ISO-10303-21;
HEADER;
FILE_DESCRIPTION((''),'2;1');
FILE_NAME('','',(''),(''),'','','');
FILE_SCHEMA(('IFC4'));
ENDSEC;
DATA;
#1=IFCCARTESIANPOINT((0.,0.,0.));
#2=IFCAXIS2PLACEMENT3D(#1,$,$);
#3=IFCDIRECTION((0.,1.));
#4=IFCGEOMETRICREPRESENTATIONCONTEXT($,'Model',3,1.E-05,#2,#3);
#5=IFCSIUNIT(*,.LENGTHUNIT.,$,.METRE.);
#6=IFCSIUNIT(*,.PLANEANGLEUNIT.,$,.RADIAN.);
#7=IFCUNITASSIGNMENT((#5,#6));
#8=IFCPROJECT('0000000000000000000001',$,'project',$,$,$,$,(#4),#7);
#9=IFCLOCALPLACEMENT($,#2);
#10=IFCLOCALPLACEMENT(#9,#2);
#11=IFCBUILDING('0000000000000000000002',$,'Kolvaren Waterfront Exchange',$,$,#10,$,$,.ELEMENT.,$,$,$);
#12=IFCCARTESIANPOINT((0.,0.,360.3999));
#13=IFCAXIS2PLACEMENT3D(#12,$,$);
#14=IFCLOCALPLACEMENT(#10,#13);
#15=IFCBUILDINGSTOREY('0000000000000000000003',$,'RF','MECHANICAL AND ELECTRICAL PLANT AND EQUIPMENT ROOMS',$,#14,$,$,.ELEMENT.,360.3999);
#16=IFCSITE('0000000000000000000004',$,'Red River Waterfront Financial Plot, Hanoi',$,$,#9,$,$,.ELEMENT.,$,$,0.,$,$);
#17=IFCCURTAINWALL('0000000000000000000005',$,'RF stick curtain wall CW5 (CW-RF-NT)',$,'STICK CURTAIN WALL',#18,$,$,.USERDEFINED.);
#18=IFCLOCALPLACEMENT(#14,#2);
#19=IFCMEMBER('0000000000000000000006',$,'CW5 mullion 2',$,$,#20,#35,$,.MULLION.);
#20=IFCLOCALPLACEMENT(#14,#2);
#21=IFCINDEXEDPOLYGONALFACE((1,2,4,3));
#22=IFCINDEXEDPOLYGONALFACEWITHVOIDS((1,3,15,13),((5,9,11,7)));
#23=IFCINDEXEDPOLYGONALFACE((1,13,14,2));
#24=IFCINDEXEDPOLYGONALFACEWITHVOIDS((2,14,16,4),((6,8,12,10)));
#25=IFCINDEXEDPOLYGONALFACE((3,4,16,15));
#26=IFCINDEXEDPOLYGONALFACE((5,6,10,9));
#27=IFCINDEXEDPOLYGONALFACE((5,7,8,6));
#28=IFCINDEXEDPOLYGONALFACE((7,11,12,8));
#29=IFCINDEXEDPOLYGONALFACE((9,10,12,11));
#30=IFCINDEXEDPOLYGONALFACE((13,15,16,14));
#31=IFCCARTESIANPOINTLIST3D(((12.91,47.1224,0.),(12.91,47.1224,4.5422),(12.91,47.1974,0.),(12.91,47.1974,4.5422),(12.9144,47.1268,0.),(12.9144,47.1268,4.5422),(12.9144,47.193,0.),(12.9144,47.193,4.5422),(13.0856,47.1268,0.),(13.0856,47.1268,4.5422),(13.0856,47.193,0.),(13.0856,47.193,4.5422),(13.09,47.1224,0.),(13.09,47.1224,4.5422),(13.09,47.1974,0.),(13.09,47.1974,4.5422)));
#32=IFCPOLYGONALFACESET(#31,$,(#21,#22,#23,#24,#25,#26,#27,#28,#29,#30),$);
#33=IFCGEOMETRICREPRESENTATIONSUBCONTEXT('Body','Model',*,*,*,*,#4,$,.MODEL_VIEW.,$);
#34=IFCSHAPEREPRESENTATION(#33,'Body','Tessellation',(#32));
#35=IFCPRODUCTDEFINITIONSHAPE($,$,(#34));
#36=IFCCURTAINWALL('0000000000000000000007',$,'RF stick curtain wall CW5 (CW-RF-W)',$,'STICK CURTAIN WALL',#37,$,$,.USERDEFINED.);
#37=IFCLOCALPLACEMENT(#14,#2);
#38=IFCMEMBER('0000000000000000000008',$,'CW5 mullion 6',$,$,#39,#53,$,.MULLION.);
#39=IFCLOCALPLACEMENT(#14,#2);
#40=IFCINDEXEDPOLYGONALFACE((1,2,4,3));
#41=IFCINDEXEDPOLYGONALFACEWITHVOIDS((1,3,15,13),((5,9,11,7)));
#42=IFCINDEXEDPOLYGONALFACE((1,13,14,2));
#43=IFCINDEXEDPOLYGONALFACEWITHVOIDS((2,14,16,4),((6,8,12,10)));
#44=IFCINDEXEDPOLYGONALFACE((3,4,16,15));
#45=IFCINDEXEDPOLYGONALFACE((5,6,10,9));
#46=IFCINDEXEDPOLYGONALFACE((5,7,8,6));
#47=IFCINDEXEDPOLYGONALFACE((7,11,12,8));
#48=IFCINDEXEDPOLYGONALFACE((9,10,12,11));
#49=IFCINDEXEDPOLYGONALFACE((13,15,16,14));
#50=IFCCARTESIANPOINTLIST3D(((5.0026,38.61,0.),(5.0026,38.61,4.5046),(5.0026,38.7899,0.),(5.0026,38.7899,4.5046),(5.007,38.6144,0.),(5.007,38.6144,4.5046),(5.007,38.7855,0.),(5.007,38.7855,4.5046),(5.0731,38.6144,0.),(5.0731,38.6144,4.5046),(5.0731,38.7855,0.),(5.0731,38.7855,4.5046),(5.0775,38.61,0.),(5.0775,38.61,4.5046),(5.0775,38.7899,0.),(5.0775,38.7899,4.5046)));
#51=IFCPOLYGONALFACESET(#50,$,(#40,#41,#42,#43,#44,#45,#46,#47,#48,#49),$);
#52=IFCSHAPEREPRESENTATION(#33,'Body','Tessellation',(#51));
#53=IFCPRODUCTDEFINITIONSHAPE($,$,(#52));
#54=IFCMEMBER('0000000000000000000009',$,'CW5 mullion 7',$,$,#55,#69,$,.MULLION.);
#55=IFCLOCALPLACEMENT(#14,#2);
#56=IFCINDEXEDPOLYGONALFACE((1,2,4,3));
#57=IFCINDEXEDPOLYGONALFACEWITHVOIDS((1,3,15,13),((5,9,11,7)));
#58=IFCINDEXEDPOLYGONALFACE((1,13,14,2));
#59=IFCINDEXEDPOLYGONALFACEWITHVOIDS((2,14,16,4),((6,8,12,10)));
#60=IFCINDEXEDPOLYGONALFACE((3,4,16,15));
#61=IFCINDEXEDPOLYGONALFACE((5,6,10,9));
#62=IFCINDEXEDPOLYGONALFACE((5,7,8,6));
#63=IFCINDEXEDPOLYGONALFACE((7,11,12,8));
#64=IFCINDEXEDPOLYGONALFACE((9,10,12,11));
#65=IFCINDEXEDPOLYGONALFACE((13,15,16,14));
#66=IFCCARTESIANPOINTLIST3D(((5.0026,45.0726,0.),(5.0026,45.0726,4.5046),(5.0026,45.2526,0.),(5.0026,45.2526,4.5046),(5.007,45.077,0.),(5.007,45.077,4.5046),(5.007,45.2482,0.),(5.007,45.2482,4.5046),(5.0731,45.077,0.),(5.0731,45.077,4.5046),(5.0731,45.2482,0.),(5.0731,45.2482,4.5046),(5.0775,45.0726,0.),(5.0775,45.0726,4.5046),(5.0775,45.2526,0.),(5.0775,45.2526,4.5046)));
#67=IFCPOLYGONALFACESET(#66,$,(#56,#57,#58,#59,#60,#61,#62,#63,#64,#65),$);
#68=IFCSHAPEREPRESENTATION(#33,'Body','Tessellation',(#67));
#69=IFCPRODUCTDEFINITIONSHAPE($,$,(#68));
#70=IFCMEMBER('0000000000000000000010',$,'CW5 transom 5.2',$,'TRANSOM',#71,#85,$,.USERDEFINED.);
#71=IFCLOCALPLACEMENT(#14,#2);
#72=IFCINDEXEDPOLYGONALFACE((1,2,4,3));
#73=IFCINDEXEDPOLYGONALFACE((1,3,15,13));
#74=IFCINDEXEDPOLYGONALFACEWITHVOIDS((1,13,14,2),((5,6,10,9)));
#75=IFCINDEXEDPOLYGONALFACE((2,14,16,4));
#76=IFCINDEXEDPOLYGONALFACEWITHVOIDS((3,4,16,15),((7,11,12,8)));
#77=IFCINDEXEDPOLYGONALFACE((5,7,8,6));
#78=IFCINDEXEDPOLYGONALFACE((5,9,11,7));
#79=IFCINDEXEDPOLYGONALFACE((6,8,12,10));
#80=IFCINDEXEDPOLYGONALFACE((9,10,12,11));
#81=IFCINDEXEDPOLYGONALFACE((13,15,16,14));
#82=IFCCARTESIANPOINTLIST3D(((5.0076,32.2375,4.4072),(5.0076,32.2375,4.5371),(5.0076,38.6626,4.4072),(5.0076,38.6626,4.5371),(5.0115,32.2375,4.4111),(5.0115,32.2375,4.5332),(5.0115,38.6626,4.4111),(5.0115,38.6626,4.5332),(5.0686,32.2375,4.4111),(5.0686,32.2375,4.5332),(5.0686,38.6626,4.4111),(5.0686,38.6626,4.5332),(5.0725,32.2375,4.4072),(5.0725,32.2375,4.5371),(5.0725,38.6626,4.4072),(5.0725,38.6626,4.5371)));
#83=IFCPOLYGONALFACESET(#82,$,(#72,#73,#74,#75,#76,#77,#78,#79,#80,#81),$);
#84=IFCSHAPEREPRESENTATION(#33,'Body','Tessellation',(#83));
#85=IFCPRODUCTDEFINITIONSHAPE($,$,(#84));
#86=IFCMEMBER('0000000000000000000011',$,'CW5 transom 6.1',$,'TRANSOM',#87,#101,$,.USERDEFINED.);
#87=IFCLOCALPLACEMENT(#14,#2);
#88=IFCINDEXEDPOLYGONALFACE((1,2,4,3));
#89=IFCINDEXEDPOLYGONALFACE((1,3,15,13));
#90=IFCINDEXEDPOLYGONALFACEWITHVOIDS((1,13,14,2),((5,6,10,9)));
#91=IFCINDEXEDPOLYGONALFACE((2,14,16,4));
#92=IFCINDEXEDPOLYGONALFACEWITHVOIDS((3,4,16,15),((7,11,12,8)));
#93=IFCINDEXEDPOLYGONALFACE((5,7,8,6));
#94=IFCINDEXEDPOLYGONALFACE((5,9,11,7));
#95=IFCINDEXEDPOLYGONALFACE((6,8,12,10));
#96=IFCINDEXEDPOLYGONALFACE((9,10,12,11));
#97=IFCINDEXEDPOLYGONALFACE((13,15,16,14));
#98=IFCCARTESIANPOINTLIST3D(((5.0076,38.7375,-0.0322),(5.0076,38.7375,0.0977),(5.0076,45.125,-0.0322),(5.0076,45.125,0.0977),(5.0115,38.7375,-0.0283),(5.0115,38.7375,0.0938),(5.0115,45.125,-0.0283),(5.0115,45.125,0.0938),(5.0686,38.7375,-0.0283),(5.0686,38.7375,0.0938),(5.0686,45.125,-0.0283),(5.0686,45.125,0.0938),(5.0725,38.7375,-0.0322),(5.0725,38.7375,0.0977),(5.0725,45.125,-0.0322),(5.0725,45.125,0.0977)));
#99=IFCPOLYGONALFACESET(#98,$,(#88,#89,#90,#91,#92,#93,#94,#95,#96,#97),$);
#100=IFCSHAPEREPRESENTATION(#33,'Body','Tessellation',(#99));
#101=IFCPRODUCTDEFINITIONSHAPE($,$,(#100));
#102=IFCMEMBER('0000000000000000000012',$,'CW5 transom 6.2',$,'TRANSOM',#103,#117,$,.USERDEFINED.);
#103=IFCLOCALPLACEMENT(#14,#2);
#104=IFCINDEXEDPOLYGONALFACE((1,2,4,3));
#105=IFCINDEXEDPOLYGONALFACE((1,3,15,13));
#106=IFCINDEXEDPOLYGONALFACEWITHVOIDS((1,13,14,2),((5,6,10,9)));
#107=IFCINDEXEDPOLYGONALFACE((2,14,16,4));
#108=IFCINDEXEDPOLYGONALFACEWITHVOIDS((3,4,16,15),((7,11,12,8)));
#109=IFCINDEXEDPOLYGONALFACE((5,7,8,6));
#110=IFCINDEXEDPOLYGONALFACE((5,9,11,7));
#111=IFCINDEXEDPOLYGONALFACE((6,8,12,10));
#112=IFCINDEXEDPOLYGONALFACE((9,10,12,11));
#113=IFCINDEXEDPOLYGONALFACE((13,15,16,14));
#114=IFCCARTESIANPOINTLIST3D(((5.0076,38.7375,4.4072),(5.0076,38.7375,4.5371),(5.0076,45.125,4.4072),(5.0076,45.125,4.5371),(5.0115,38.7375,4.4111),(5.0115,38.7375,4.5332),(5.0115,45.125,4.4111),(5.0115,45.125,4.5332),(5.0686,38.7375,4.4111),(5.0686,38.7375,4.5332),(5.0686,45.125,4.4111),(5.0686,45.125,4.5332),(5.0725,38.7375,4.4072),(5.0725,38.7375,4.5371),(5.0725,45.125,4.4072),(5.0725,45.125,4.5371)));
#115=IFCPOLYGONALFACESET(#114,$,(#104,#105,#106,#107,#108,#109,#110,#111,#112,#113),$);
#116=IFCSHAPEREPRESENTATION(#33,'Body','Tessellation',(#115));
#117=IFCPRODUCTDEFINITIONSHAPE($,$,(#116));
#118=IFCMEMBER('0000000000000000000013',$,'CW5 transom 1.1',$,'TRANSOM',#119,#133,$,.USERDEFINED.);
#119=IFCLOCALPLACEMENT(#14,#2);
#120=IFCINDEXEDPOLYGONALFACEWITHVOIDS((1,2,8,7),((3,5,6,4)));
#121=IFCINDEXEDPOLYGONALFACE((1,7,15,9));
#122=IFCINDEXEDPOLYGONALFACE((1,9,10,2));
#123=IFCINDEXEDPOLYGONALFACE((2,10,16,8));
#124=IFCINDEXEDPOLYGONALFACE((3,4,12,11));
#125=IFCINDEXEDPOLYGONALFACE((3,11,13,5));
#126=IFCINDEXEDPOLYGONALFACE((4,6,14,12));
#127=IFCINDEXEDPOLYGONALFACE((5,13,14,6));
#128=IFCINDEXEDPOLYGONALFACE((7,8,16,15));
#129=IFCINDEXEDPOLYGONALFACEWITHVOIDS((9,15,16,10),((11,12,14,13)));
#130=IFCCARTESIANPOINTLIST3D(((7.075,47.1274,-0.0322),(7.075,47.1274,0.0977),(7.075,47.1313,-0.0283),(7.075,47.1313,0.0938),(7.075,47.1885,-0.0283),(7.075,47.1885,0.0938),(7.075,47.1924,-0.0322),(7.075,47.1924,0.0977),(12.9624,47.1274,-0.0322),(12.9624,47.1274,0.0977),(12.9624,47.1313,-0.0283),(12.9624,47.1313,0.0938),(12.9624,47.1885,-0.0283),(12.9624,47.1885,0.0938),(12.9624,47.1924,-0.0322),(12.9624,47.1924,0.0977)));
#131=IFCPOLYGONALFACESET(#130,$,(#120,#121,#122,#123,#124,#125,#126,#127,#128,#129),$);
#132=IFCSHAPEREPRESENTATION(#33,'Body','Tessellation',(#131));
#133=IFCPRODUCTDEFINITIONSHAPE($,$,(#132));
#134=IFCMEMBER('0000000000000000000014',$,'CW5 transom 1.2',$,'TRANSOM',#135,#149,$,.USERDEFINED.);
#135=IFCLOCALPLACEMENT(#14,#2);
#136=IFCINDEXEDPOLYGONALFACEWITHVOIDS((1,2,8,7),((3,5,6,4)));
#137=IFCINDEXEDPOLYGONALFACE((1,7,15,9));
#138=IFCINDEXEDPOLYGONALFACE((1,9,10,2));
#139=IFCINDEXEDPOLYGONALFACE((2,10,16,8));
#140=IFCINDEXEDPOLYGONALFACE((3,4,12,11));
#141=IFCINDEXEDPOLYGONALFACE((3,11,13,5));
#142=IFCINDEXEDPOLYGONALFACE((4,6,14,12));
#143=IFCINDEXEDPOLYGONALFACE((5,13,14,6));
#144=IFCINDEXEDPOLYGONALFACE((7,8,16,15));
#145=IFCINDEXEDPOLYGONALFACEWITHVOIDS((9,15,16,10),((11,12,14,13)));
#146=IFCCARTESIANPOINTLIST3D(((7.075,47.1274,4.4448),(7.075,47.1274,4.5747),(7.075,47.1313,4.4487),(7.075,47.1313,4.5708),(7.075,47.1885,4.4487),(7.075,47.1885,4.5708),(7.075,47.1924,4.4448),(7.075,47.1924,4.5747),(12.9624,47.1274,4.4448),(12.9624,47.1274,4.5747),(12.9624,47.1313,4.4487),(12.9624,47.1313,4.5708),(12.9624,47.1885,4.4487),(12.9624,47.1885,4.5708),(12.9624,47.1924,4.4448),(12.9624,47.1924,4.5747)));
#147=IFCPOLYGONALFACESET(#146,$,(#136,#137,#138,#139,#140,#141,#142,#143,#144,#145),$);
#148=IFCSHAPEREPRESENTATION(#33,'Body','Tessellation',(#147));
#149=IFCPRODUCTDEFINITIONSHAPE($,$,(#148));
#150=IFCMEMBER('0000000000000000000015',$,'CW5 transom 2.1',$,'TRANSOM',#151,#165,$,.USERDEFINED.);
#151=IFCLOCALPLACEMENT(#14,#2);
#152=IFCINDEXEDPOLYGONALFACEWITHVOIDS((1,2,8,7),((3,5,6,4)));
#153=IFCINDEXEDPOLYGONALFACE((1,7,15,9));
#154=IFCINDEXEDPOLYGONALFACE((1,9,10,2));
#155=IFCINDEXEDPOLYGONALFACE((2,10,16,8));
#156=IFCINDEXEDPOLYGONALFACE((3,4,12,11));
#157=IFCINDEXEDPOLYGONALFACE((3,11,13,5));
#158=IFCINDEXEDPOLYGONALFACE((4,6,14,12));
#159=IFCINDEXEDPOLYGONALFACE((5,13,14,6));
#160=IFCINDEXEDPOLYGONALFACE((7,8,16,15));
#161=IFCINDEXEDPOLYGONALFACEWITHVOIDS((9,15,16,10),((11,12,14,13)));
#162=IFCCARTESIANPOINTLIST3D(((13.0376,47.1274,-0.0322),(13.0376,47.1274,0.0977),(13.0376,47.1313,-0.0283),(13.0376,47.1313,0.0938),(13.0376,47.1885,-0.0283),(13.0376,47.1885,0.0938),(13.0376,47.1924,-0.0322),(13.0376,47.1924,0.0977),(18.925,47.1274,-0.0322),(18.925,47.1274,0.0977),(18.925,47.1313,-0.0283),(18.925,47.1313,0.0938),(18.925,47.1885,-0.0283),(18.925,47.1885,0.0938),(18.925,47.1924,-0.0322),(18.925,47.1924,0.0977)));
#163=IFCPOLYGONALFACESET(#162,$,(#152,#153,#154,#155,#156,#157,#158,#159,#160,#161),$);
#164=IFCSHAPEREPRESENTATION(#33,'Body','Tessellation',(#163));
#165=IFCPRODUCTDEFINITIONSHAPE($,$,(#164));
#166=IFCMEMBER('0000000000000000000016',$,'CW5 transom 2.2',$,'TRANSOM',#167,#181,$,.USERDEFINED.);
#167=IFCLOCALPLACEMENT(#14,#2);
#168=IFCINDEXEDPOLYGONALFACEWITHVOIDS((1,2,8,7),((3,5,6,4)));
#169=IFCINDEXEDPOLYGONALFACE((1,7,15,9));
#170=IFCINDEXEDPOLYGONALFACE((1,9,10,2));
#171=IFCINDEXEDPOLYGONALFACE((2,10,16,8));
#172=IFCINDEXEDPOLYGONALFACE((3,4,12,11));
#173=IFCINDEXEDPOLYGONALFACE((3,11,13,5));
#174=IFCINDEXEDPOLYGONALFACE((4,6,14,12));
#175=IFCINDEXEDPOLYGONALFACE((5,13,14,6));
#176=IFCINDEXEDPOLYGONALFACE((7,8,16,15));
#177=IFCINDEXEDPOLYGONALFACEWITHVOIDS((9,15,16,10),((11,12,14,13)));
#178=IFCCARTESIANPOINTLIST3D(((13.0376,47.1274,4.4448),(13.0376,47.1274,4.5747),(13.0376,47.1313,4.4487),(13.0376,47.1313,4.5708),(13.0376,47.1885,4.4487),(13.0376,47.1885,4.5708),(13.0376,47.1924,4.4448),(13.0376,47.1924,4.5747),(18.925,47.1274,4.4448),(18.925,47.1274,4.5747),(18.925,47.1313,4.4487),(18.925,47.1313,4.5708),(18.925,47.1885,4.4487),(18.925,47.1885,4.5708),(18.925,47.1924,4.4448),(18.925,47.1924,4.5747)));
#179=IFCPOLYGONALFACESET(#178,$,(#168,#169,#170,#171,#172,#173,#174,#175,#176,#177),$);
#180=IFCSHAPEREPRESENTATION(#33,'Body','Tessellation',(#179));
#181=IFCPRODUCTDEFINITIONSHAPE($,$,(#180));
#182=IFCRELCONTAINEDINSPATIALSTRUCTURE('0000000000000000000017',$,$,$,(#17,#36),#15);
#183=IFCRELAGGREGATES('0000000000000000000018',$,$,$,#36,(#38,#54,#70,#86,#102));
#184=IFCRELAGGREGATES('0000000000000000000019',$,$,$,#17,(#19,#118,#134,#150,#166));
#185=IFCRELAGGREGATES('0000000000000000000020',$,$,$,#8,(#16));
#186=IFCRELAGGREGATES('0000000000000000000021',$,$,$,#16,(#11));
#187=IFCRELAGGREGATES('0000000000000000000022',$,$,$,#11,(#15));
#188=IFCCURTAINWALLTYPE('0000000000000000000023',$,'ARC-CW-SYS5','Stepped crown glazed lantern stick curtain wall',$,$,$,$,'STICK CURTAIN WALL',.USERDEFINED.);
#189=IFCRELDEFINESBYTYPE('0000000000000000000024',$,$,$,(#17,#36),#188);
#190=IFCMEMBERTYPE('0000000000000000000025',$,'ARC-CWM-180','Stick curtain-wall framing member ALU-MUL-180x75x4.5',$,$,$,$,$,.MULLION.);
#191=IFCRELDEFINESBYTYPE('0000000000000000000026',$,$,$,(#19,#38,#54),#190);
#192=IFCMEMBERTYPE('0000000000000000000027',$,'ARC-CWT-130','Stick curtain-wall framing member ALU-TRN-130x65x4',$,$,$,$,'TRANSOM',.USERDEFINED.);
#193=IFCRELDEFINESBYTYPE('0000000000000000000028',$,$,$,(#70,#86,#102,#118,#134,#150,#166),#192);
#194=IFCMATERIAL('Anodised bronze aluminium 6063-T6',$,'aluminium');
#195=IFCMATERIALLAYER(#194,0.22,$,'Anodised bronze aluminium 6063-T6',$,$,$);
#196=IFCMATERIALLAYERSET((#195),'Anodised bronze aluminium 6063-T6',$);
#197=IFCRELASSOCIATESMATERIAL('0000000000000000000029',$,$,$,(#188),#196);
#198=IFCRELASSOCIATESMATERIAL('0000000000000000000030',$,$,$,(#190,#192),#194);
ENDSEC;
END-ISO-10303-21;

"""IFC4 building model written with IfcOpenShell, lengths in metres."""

from ifc_helpers import new_model, si_unit, direction, frame, origin, origin_with_axes, origin_2d, place, context, subcontext, project, spatial, hollow_rectangle, extrude, source, transform, mapped, material, layer, layer_set, material_profile, profile_set, type_object, element, aggregate, save


model = new_model("IFC4")

# Units and contexts
model_context = context("Model", 3, precision=1e-05, world=origin(), true_north=direction((0.0, 1.0)))
body_context = subcontext(model_context, "Body", "Model", "MODEL_VIEW")
ifc_project = project(units=[si_unit("LENGTHUNIT", "METRE"), si_unit("PLANEANGLEUNIT", "RADIAN")], contexts=[model_context])

# Site, building, storey
site_placement = place(None, origin())
site = spatial("IfcSite", under=ifc_project, at=site_placement, Name="Red River Waterfront Financial Plot, Hanoi", CompositionType="ELEMENT", RefElevation=0.0)
building_placement = place(site_placement, origin())
building = spatial("IfcBuilding", under=site, at=building_placement, Name="Kolvaren Waterfront Exchange", CompositionType="ELEMENT")
storey_placement = place(building_placement, frame((0.0, 0.0, 360.3999)))
storey = spatial("IfcBuildingStorey", under=building, at=storey_placement, Name="RF", Description="MECHANICAL AND ELECTRICAL PLANT AND EQUIPMENT ROOMS", CompositionType="ELEMENT", Elevation=360.3999)

# Curtain walls, members
ifc_material_1 = material(Name="Anodised bronze aluminium 6063-T6", Category="aluminium")
ifc_layer_1 = layer(ifc_material_1, 0.22, Name="Anodised bronze aluminium 6063-T6")
ifc_layer_set_1 = layer_set([ifc_layer_1], Name="Anodised bronze aluminium 6063-T6")
curtain_wall_type = type_object("IfcCurtainWallType", Name="ARC-CW-SYS5", Description="Stepped crown glazed lantern stick curtain wall", ElementType="STICK CURTAIN WALL", PredefinedType="USERDEFINED", material=ifc_layer_set_1)
curtain_wall_1_placement = place(storey_placement, origin())
curtain_wall_1 = element("IfcCurtainWall", 1, at=curtain_wall_1_placement, inside=storey, type_object=curtain_wall_type, Name="RF stick curtain wall CW5 (CW-RF-NT)", ObjectType="STICK CURTAIN WALL", PredefinedType="USERDEFINED")
ifc_material_profile_1 = material_profile(ifc_material_1, hollow_rectangle(XDim=0.075, YDim=0.1799, WallThickness=0.0044, at=origin_2d()), Name="ALU-MUL-180x75x4.5")
ifc_profile_set_1 = profile_set([ifc_material_profile_1], Name="Anodised bronze aluminium 6063-T6")
member_type_1 = type_object("IfcMemberType", Name="ARC-CWM-180", Description="Stick curtain-wall framing member ALU-MUL-180x75x4.5", PredefinedType="MULLION", material=ifc_profile_set_1)
shared_shape_1 = source(origin_with_axes(), body_context, "Body", "SweptSolid", [
    extrude(hollow_rectangle(XDim=0.075, YDim=0.1799, WallThickness=0.0044, at=origin_2d()), origin(), (0.0, 0.0, 1.0), 4.5422),
])
member_1_placement = place(storey_placement, frame((13.0, 47.1599, 0.0), z_axis=(0.0, 0.0, 1.0), x_axis=(0.0, 1.0, 0.0)))
member_1 = element("IfcMember", 2, at=member_1_placement, type_object=member_type_1, Name="CW5 mullion 2", PredefinedType="MULLION", context=body_context, shape_type="MappedRepresentation", body=[
    mapped(shared_shape_1, transform((0.0, 0.0, 0.0), x_axis=(1.0, 0.0, 0.0), y_axis=(0.0, 1.0, 0.0), z_axis=(0.0, 0.0, 1.0), scale=1.0)),
])
curtain_wall_2_placement = place(storey_placement, origin())
curtain_wall_2 = element("IfcCurtainWall", 3, at=curtain_wall_2_placement, inside=storey, type_object=curtain_wall_type, Name="RF stick curtain wall CW5 (CW-RF-W)", ObjectType="STICK CURTAIN WALL", PredefinedType="USERDEFINED")
shared_shape_2 = source(origin_with_axes(), body_context, "Body", "SweptSolid", [
    extrude(hollow_rectangle(XDim=0.075, YDim=0.1799, WallThickness=0.0044, at=origin_2d()), origin(), (0.0, 0.0, 1.0), 4.5046),
])
member_2_placement = place(storey_placement, frame((5.04, 38.7, 0.0), z_axis=(0.0, 0.0, 1.0), x_axis=(-1.0, 0.0, 0.0)))
member_2 = element("IfcMember", 4, at=member_2_placement, type_object=member_type_1, Name="CW5 mullion 6", PredefinedType="MULLION", context=body_context, shape_type="MappedRepresentation", body=[
    mapped(shared_shape_2, transform((0.0, 0.0, 0.0), x_axis=(1.0, 0.0, 0.0), y_axis=(0.0, 1.0, 0.0), z_axis=(0.0, 0.0, 1.0), scale=1.0)),
])
member_3_placement = place(storey_placement, frame((5.04, 45.1626, 0.0), z_axis=(0.0, 0.0, 1.0), x_axis=(-1.0, 0.0, 0.0)))
member_3 = element("IfcMember", 5, at=member_3_placement, type_object=member_type_1, Name="CW5 mullion 7", PredefinedType="MULLION", context=body_context, shape_type="MappedRepresentation", body=[
    mapped(shared_shape_2, transform((0.0, 0.0, 0.0), x_axis=(1.0, 0.0, 0.0), y_axis=(0.0, 1.0, 0.0), z_axis=(0.0, 0.0, 1.0), scale=1.0)),
])
ifc_material_profile_2 = material_profile(ifc_material_1, hollow_rectangle(XDim=0.0649, YDim=0.1299, WallThickness=0.0039, at=origin_2d()), Name="ALU-TRN-130x65x4")
ifc_profile_set_2 = profile_set([ifc_material_profile_2], Name="Anodised bronze aluminium 6063-T6")
member_type_2 = type_object("IfcMemberType", Name="ARC-CWT-130", Description="Stick curtain-wall framing member ALU-TRN-130x65x4", ElementType="TRANSOM", PredefinedType="USERDEFINED", material=ifc_profile_set_2)
shared_shape_3 = source(origin_with_axes(), body_context, "Body", "SweptSolid", [
    extrude(hollow_rectangle(XDim=0.0649, YDim=0.1299, WallThickness=0.0039, at=origin_2d()), origin(), (0.0, 0.0, 1.0), 6.425),
])
member_4_placement = place(storey_placement, frame((5.04, 32.2375, 4.4722), z_axis=(0.0, 1.0, 0.0), x_axis=(-1.0, 0.0, 0.0)))
member_4 = element("IfcMember", 6, at=member_4_placement, type_object=member_type_2, Name="CW5 transom 5.2", ObjectType="TRANSOM", PredefinedType="USERDEFINED", context=body_context, shape_type="MappedRepresentation", body=[
    mapped(shared_shape_3, transform((0.0, 0.0, 0.0), x_axis=(1.0, 0.0, 0.0), y_axis=(0.0, 1.0, 0.0), z_axis=(0.0, 0.0, 1.0), scale=1.0)),
])
shared_shape_4 = source(origin_with_axes(), body_context, "Body", "SweptSolid", [
    extrude(hollow_rectangle(XDim=0.0649, YDim=0.1299, WallThickness=0.0039, at=origin_2d()), origin(), (0.0, 0.0, 1.0), 6.3875),
])
member_5_placement = place(storey_placement, frame((5.04, 38.7375, 0.0327), z_axis=(0.0, 1.0, 0.0), x_axis=(-1.0, 0.0, 0.0)))
member_5 = element("IfcMember", 7, at=member_5_placement, type_object=member_type_2, Name="CW5 transom 6.1", ObjectType="TRANSOM", PredefinedType="USERDEFINED", context=body_context, shape_type="MappedRepresentation", body=[
    mapped(shared_shape_4, transform((0.0, 0.0, 0.0), x_axis=(1.0, 0.0, 0.0), y_axis=(0.0, 1.0, 0.0), z_axis=(0.0, 0.0, 1.0), scale=1.0)),
])
member_6_placement = place(storey_placement, frame((5.04, 38.7375, 4.4722), z_axis=(0.0, 1.0, 0.0), x_axis=(-1.0, 0.0, 0.0)))
member_6 = element("IfcMember", 8, at=member_6_placement, type_object=member_type_2, Name="CW5 transom 6.2", ObjectType="TRANSOM", PredefinedType="USERDEFINED", context=body_context, shape_type="MappedRepresentation", body=[
    mapped(shared_shape_4, transform((0.0, 0.0, 0.0), x_axis=(1.0, 0.0, 0.0), y_axis=(0.0, 1.0, 0.0), z_axis=(0.0, 0.0, 1.0), scale=1.0)),
])

# Members
shared_shape_5 = source(origin_with_axes(), body_context, "Body", "SweptSolid", [
    extrude(hollow_rectangle(XDim=0.0649, YDim=0.1299, WallThickness=0.0039, at=origin_2d()), origin(), (0.0, 0.0, 1.0), 5.8875),
])
member_7_placement = place(storey_placement, frame((7.075, 47.1599, 0.0327), z_axis=(1.0, 0.0, 0.0), x_axis=(0.0, 1.0, 0.0)))
member_7 = element("IfcMember", 9, at=member_7_placement, type_object=member_type_2, Name="CW5 transom 1.1", ObjectType="TRANSOM", PredefinedType="USERDEFINED", context=body_context, shape_type="MappedRepresentation", body=[
    mapped(shared_shape_5, transform((0.0, 0.0, 0.0), x_axis=(1.0, 0.0, 0.0), y_axis=(0.0, 1.0, 0.0), z_axis=(0.0, 0.0, 1.0), scale=1.0)),
])
member_8_placement = place(storey_placement, frame((7.075, 47.1599, 4.5098), z_axis=(1.0, 0.0, 0.0), x_axis=(0.0, 1.0, 0.0)))
member_8 = element("IfcMember", 10, at=member_8_placement, type_object=member_type_2, Name="CW5 transom 1.2", ObjectType="TRANSOM", PredefinedType="USERDEFINED", context=body_context, shape_type="MappedRepresentation", body=[
    mapped(shared_shape_5, transform((0.0, 0.0, 0.0), x_axis=(1.0, 0.0, 0.0), y_axis=(0.0, 1.0, 0.0), z_axis=(0.0, 0.0, 1.0), scale=1.0)),
])
member_9_placement = place(storey_placement, frame((13.0376, 47.1599, 0.0327), z_axis=(1.0, 0.0, 0.0), x_axis=(0.0, 1.0, 0.0)))
member_9 = element("IfcMember", 11, at=member_9_placement, type_object=member_type_2, Name="CW5 transom 2.1", ObjectType="TRANSOM", PredefinedType="USERDEFINED", context=body_context, shape_type="MappedRepresentation", body=[
    mapped(shared_shape_5, transform((0.0, 0.0, 0.0), x_axis=(1.0, 0.0, 0.0), y_axis=(0.0, 1.0, 0.0), z_axis=(0.0, 0.0, 1.0), scale=1.0)),
])
member_10_placement = place(storey_placement, frame((13.0376, 47.1599, 4.5098), z_axis=(1.0, 0.0, 0.0), x_axis=(0.0, 1.0, 0.0)))
member_10 = element("IfcMember", 12, at=member_10_placement, type_object=member_type_2, Name="CW5 transom 2.2", ObjectType="TRANSOM", PredefinedType="USERDEFINED", context=body_context, shape_type="MappedRepresentation", body=[
    mapped(shared_shape_5, transform((0.0, 0.0, 0.0), x_axis=(1.0, 0.0, 0.0), y_axis=(0.0, 1.0, 0.0), z_axis=(0.0, 0.0, 1.0), scale=1.0)),
])

aggregate(curtain_wall_2, [member_2, member_3, member_4, member_5, member_6])
aggregate(curtain_wall_1, [member_1, member_7, member_8, member_9, member_10])

save(model, "model.ifc")
